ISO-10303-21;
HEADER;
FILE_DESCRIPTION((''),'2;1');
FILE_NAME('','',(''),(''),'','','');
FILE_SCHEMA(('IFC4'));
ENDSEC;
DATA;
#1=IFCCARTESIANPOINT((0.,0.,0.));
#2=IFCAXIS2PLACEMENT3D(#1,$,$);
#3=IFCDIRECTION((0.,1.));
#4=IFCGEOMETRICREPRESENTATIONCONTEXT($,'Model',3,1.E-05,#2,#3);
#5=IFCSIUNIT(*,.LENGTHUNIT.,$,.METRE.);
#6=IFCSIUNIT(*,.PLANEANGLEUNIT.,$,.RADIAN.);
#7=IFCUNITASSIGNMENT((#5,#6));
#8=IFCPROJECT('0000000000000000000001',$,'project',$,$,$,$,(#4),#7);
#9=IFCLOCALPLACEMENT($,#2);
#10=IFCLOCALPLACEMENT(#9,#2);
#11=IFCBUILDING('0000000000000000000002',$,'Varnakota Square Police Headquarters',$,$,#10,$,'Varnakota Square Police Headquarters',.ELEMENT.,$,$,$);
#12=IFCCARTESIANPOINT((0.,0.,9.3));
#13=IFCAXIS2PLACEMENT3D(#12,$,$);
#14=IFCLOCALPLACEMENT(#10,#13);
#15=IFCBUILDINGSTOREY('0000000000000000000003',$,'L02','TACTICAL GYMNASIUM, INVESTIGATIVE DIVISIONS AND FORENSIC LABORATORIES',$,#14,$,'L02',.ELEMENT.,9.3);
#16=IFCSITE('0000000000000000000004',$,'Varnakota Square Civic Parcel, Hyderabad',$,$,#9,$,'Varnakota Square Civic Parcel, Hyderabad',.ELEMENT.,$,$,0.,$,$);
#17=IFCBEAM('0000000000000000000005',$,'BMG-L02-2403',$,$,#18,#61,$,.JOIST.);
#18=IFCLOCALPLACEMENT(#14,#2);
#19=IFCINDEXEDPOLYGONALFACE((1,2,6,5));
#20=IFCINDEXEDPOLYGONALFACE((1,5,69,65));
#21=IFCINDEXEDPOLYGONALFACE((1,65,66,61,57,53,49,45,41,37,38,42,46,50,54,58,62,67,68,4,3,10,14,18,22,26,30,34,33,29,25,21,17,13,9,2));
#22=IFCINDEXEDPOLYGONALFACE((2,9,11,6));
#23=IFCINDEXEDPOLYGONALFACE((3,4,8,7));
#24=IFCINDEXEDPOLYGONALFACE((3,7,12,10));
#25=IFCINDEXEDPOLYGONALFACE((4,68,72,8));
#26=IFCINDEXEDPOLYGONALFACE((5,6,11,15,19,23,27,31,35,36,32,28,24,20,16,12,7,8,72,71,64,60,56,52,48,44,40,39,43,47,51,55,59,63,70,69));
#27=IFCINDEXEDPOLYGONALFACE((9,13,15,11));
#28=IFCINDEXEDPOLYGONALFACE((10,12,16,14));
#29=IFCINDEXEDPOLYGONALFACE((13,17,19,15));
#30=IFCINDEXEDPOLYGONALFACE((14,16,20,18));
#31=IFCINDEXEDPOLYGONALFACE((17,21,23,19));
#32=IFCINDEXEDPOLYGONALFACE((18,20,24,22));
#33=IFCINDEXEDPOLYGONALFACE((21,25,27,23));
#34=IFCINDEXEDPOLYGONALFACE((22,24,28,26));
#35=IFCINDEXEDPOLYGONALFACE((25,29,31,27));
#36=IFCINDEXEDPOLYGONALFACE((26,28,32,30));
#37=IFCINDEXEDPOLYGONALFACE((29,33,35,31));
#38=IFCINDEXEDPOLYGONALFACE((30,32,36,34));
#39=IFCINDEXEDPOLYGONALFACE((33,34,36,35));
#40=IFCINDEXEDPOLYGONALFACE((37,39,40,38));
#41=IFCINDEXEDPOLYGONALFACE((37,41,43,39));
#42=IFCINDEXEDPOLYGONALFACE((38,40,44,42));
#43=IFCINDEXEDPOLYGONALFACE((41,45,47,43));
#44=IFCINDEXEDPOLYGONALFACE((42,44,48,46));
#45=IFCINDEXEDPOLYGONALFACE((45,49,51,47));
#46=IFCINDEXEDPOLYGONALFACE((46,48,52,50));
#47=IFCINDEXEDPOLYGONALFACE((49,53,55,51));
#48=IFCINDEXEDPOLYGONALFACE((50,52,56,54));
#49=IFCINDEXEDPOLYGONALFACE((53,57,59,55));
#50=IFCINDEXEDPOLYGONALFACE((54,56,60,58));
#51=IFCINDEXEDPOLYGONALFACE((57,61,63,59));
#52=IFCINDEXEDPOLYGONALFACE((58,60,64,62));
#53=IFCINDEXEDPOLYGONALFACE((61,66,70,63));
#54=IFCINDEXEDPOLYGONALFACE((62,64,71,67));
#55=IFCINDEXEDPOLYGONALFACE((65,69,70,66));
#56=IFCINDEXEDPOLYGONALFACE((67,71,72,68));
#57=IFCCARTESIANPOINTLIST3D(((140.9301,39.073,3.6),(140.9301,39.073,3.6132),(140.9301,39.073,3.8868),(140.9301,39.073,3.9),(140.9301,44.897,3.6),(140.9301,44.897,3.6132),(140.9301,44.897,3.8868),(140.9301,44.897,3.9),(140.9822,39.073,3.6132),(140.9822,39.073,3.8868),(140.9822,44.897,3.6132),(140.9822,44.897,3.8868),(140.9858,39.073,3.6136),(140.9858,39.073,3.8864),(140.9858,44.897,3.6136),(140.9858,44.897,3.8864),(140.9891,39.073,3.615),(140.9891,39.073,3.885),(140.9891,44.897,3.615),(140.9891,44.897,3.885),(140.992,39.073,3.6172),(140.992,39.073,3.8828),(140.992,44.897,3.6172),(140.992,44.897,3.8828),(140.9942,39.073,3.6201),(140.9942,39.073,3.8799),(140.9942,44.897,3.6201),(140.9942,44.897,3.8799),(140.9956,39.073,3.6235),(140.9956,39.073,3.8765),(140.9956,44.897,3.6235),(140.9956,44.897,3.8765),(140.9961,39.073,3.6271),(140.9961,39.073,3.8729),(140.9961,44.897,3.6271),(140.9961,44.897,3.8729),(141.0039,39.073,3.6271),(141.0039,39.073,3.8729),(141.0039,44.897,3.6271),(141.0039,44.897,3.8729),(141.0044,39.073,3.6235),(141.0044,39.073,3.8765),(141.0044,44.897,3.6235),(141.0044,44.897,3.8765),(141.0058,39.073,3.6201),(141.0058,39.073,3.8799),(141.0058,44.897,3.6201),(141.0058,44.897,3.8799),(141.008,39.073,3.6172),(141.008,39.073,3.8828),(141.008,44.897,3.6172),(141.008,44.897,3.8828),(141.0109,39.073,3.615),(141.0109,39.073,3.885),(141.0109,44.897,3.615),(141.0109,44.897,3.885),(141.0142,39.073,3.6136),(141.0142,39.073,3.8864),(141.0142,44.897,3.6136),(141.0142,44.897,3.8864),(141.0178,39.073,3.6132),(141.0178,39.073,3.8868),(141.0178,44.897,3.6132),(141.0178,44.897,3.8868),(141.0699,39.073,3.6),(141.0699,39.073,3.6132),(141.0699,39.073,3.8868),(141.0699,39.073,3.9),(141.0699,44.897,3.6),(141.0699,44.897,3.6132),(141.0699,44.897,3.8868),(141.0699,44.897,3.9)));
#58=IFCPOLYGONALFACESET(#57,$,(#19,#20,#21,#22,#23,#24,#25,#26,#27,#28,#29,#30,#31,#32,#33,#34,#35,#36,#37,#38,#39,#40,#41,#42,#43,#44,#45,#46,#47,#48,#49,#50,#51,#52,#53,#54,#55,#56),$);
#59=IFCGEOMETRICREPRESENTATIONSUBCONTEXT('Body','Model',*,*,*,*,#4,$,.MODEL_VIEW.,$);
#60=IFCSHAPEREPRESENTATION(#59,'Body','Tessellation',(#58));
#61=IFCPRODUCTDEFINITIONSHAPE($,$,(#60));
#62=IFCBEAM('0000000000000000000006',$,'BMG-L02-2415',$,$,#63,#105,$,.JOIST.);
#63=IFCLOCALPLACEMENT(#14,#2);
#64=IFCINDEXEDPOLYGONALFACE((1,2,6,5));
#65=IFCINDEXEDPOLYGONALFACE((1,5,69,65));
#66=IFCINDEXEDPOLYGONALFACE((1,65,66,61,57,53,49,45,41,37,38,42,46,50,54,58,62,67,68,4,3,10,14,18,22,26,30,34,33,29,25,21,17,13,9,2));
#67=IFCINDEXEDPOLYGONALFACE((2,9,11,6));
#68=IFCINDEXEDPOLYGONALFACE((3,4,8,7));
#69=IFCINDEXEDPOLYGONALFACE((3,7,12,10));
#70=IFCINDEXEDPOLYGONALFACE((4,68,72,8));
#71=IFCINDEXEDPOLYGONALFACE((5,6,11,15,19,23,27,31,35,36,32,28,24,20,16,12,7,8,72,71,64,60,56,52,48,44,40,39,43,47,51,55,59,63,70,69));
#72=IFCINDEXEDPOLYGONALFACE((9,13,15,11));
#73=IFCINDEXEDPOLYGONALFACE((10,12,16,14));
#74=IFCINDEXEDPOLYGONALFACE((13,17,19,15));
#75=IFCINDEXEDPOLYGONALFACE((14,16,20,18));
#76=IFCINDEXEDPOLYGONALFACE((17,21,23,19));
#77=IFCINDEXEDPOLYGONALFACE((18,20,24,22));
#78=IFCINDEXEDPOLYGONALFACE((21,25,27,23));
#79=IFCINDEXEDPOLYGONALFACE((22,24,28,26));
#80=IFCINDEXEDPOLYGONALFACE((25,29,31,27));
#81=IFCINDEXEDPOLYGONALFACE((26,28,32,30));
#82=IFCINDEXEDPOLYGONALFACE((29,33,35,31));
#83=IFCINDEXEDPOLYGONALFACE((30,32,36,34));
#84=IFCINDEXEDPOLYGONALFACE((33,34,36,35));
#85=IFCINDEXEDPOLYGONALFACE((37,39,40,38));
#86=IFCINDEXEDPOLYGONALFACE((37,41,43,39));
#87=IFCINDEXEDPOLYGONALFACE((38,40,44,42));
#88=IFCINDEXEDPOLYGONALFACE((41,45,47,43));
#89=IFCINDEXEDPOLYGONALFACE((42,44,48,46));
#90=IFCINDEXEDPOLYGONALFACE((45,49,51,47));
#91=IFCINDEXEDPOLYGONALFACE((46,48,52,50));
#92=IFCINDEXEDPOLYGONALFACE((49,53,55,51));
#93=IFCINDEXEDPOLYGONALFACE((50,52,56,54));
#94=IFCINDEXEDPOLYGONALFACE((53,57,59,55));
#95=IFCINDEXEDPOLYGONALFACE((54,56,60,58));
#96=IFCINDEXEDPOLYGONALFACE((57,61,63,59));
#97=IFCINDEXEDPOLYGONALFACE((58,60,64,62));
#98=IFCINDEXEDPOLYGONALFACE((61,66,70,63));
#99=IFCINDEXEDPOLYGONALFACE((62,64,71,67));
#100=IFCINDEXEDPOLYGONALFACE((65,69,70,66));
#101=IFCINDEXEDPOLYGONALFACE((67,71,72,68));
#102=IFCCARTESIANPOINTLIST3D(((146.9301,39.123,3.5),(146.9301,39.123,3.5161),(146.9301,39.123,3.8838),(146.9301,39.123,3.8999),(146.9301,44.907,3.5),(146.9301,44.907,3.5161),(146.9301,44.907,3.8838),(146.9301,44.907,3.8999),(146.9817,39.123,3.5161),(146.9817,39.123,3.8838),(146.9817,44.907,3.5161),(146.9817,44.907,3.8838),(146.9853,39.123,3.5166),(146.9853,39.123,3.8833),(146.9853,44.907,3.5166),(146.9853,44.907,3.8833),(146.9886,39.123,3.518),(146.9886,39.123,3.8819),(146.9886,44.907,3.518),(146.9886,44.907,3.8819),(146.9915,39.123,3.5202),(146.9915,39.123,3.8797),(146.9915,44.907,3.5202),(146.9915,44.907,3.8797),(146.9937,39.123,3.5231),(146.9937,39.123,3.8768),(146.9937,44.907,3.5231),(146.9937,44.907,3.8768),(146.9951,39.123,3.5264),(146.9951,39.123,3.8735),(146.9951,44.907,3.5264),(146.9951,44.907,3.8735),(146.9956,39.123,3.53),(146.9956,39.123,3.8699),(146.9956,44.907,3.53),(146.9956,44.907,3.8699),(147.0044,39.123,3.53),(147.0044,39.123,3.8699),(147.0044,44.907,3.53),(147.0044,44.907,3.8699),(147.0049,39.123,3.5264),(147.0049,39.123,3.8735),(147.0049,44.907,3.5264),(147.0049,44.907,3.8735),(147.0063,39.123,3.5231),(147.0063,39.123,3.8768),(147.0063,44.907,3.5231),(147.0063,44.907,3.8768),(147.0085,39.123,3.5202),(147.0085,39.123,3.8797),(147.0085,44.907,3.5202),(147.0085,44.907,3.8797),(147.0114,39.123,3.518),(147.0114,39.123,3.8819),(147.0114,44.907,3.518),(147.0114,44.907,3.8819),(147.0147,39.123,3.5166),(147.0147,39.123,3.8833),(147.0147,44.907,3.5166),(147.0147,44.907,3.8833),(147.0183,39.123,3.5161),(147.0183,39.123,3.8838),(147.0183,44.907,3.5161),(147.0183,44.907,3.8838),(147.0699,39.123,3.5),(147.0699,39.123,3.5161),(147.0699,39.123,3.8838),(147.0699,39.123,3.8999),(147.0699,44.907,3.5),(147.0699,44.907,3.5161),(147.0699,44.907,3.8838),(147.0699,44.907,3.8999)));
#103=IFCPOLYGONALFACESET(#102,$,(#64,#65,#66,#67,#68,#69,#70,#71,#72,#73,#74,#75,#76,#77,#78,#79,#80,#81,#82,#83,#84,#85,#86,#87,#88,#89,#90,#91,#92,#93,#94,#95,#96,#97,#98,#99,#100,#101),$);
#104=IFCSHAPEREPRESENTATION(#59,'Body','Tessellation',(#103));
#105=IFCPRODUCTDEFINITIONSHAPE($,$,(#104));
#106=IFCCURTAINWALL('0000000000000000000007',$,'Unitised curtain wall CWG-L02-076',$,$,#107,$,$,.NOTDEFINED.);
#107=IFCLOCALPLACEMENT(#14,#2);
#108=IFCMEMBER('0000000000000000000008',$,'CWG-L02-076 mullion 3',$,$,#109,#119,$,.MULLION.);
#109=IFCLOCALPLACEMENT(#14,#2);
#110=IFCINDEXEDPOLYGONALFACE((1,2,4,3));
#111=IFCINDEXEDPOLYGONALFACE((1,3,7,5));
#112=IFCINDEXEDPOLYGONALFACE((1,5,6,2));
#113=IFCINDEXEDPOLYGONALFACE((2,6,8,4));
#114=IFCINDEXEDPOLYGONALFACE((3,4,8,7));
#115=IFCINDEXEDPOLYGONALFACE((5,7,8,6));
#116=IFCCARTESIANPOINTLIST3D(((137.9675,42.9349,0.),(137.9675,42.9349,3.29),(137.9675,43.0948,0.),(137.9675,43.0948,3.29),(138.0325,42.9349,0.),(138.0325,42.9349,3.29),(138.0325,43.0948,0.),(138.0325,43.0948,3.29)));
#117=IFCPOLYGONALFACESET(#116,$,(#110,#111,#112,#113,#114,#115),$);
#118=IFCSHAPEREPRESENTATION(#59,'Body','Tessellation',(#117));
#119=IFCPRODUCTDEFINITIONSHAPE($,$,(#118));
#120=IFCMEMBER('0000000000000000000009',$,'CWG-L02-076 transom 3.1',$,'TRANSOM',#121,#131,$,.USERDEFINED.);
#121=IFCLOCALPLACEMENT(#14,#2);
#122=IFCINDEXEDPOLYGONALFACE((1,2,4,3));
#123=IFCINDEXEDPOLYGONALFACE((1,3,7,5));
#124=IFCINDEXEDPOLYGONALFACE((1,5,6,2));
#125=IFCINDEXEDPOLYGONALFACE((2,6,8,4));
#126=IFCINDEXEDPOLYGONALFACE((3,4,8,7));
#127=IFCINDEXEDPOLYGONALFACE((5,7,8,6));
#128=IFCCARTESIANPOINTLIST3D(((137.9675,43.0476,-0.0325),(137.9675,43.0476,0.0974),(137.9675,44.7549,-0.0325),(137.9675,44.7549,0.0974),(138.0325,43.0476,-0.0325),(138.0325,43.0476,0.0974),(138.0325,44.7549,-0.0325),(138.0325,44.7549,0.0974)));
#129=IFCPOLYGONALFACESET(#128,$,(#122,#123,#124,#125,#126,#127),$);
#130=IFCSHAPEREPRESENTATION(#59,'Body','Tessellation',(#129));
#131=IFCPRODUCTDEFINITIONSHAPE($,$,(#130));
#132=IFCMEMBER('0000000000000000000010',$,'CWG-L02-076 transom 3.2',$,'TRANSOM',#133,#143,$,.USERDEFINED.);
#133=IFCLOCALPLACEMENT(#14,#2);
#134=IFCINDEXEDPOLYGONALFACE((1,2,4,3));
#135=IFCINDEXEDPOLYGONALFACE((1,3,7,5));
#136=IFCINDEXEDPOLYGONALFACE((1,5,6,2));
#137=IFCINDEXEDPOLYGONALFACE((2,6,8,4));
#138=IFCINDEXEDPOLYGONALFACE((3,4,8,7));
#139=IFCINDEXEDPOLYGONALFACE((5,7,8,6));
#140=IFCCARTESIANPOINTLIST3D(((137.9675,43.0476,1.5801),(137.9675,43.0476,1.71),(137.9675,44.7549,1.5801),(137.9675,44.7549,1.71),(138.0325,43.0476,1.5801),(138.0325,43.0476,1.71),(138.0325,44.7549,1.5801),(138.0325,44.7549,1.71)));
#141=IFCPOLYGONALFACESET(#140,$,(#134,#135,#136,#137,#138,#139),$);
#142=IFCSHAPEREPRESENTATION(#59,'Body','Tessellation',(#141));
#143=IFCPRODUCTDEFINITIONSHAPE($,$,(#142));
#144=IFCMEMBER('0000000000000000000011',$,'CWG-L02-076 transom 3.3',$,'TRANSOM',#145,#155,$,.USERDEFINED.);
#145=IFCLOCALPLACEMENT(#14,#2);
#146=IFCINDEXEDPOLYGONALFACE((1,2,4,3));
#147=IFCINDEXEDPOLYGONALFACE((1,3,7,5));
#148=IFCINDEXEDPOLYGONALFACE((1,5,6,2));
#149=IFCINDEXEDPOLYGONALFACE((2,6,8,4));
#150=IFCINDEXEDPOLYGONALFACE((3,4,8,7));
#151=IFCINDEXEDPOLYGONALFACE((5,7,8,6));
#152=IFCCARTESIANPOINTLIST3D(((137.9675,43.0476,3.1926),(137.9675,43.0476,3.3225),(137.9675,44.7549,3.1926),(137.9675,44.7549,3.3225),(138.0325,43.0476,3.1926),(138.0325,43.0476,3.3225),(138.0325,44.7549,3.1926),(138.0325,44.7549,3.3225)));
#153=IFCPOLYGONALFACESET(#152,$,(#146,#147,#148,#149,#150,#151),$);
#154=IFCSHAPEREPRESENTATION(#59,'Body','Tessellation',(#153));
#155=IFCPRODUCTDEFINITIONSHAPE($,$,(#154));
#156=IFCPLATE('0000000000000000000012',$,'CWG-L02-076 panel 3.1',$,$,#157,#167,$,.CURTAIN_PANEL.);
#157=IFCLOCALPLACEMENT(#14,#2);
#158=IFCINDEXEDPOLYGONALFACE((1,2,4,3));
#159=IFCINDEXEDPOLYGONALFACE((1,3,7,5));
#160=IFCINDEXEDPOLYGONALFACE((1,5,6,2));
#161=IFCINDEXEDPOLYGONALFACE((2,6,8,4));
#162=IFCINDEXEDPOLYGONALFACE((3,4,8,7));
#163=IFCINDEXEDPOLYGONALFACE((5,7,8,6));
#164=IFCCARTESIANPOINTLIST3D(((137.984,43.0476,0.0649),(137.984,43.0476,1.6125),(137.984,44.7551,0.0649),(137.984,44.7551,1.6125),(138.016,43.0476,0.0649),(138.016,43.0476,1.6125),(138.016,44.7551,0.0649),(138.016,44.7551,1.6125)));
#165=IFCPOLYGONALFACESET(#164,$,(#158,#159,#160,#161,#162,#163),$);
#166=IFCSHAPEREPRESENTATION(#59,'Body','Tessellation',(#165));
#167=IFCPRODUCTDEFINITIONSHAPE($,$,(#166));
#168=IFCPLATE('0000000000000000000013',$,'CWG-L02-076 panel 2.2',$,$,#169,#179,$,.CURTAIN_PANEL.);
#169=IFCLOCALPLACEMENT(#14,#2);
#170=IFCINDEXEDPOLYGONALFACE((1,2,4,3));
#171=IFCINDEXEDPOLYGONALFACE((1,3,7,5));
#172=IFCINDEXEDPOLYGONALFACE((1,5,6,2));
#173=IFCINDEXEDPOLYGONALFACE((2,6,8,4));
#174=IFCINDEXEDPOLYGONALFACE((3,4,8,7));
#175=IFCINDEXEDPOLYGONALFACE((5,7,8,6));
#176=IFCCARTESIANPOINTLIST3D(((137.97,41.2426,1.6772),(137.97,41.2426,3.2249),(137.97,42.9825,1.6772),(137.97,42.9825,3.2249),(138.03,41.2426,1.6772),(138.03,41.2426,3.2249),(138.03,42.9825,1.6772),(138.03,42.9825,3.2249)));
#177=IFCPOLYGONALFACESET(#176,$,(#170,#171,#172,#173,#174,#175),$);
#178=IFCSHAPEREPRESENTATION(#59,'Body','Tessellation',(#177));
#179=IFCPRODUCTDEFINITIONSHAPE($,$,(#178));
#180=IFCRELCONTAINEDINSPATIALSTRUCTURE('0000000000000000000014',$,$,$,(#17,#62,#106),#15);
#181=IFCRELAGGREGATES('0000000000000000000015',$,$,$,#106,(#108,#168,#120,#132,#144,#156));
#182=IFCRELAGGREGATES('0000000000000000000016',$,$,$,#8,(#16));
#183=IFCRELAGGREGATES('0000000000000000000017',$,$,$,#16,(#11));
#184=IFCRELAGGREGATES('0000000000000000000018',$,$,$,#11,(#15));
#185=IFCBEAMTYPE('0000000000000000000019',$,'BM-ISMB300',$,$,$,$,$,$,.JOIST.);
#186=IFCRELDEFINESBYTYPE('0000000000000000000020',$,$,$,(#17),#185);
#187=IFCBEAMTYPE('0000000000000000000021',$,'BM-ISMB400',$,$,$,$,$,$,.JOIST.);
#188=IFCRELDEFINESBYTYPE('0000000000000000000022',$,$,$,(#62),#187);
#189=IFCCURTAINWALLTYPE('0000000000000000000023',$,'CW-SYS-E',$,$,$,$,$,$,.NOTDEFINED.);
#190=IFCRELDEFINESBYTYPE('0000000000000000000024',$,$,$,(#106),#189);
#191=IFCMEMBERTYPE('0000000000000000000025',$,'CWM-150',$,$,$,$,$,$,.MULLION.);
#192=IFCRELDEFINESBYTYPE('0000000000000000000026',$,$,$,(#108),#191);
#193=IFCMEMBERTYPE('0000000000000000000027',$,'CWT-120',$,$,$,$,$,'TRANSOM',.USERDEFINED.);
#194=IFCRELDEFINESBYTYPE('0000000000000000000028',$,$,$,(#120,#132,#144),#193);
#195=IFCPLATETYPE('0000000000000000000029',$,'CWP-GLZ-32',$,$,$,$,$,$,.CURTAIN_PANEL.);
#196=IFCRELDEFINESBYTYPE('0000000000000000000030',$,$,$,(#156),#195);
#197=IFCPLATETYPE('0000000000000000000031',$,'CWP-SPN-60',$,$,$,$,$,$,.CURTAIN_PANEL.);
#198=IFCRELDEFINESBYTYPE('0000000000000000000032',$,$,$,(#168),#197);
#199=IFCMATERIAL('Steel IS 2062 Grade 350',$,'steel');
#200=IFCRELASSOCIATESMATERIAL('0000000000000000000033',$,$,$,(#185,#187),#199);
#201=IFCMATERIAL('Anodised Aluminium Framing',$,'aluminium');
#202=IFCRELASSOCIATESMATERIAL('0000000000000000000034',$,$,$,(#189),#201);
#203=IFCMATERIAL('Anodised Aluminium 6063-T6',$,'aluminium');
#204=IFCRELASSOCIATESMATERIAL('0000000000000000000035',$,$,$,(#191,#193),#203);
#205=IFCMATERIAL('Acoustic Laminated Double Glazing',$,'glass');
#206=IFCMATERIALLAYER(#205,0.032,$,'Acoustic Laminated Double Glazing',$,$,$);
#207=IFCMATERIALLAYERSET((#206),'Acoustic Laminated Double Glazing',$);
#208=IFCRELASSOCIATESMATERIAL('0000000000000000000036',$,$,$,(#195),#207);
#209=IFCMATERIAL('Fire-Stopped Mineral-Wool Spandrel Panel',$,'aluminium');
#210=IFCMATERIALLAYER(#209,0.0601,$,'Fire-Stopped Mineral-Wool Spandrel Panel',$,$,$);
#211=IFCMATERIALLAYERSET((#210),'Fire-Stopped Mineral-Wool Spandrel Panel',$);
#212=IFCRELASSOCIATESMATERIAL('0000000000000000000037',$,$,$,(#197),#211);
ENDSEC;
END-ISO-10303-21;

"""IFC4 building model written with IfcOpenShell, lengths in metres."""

from ifc_helpers import new_model, si_unit, direction, frame, origin, origin_2d, place, context, subcontext, project, spatial, rectangle, i_section, extrude, material, layer, layer_set, material_profile, profile_set, type_object, element, aggregate, save


model = new_model("IFC4")

# Units and contexts
model_context = context("Model", 3, precision=1e-05, world=origin(), true_north=direction((0.0, 1.0)))
body_context = subcontext(model_context, "Body", "Model", "MODEL_VIEW")
ifc_project = project(units=[si_unit("LENGTHUNIT", "METRE"), si_unit("PLANEANGLEUNIT", "RADIAN")], contexts=[model_context])

# Site, building, storey
site_placement = place(None, origin())
site = spatial("IfcSite", under=ifc_project, at=site_placement, Name="Varnakota Square Civic Parcel, Hyderabad", LongName="Varnakota Square Civic Parcel, Hyderabad", CompositionType="ELEMENT", RefElevation=0.0)
building_placement = place(site_placement, origin())
building = spatial("IfcBuilding", under=site, at=building_placement, Name="Varnakota Square Police Headquarters", LongName="Varnakota Square Police Headquarters", CompositionType="ELEMENT")
storey_placement = place(building_placement, frame((0.0, 0.0, 9.3)))
storey = spatial("IfcBuildingStorey", under=building, at=storey_placement, Name="L02", Description="TACTICAL GYMNASIUM, INVESTIGATIVE DIVISIONS AND FORENSIC LABORATORIES", LongName="L02", CompositionType="ELEMENT", Elevation=9.3)

# Shared definitions
ifc_material_1 = material(Name="Steel IS 2062 Grade 350", Category="steel")

# Beams
ifc_material_profile_1 = material_profile(ifc_material_1, i_section(OverallWidth=0.1399, OverallDepth=0.3, WebThickness=0.0078, FlangeThickness=0.0132, FilletRadius=0.0139, at=origin_2d()), Name="ISMB 300")
ifc_profile_set_1 = profile_set([ifc_material_profile_1], Name="Steel IS 2062 Grade 350")
beam_type_1 = type_object("IfcBeamType", Name="BM-ISMB300", PredefinedType="JOIST", material=ifc_profile_set_1)
beam_1_placement = place(storey_placement, frame((141.0, 39.073, 3.75), z_axis=(0.0, 1.0, 0.0), x_axis=(-1.0, 0.0, 0.0)))
element("IfcBeam", 1, at=beam_1_placement, inside=storey, type_object=beam_type_1, Name="BMG-L02-2403", PredefinedType="JOIST", context=body_context, shape_type="SweptSolid", body=[
    extrude(i_section(OverallWidth=0.1399, OverallDepth=0.3, WebThickness=0.0078, FlangeThickness=0.0132, FilletRadius=0.0139, at=origin_2d()), origin(), (0.0, 0.0, 1.0), 5.824),
])
ifc_material_profile_2 = material_profile(ifc_material_1, i_section(OverallWidth=0.1399, OverallDepth=0.3999, WebThickness=0.0088, FlangeThickness=0.0161, FilletRadius=0.0139, at=origin_2d()), Name="ISMB 400")
ifc_profile_set_2 = profile_set([ifc_material_profile_2], Name="Steel IS 2062 Grade 350")
beam_type_2 = type_object("IfcBeamType", Name="BM-ISMB400", PredefinedType="JOIST", material=ifc_profile_set_2)
beam_2_placement = place(storey_placement, frame((147.0, 39.123, 3.7), z_axis=(0.0, 1.0, 0.0), x_axis=(-1.0, 0.0, 0.0)))
element("IfcBeam", 2, at=beam_2_placement, inside=storey, type_object=beam_type_2, Name="BMG-L02-2415", PredefinedType="JOIST", context=body_context, shape_type="SweptSolid", body=[
    extrude(i_section(OverallWidth=0.1399, OverallDepth=0.3999, WebThickness=0.0088, FlangeThickness=0.0161, FilletRadius=0.0139, at=origin_2d()), origin(), (0.0, 0.0, 1.0), 5.7839),
])

# Curtain wall, members, plates
ifc_material_2 = material(Name="Anodised Aluminium Framing", Category="aluminium")
curtain_wall_type = type_object("IfcCurtainWallType", Name="CW-SYS-E", PredefinedType="NOTDEFINED", material=ifc_material_2)
curtain_wall_placement = place(storey_placement, origin())
curtain_wall = element("IfcCurtainWall", 3, at=curtain_wall_placement, inside=storey, type_object=curtain_wall_type, Name="Unitised curtain wall CWG-L02-076", PredefinedType="NOTDEFINED")
ifc_material_3 = material(Name="Anodised Aluminium 6063-T6", Category="aluminium")
ifc_material_profile_3 = material_profile(ifc_material_3, rectangle(XDim=0.0649, YDim=0.1599, at=origin_2d()), Name="ALU MULLION 65x160")
ifc_profile_set_3 = profile_set([ifc_material_profile_3], Name="Anodised Aluminium 6063-T6")
member_type_1 = type_object("IfcMemberType", Name="CWM-150", PredefinedType="MULLION", material=ifc_profile_set_3)
member_1_placement = place(storey_placement, frame((138.0, 43.0149, 0.0), z_axis=(0.0, 0.0, 1.0), x_axis=(-1.0, 0.0, 0.0)))
member_1 = element("IfcMember", 4, at=member_1_placement, type_object=member_type_1, Name="CWG-L02-076 mullion 3", PredefinedType="MULLION", context=body_context, shape_type="SweptSolid", body=[
    extrude(rectangle(XDim=0.0649, YDim=0.1599, at=origin_2d()), origin(), (0.0, 0.0, 1.0), 3.29),
])
ifc_material_profile_4 = material_profile(ifc_material_3, rectangle(XDim=0.0649, YDim=0.1299, at=origin_2d()), Name="ALU TRANSOM 65x130")
ifc_profile_set_4 = profile_set([ifc_material_profile_4], Name="Anodised Aluminium 6063-T6")
member_type_2 = type_object("IfcMemberType", Name="CWT-120", ElementType="TRANSOM", PredefinedType="USERDEFINED", material=ifc_profile_set_4)
member_2_placement = place(storey_placement, frame((138.0, 43.0476, 0.0325), z_axis=(0.0, 1.0, 0.0), x_axis=(-1.0, 0.0, 0.0)))
member_2 = element("IfcMember", 5, at=member_2_placement, type_object=member_type_2, Name="CWG-L02-076 transom 3.1", ObjectType="TRANSOM", PredefinedType="USERDEFINED", context=body_context, shape_type="SweptSolid", body=[
    extrude(rectangle(XDim=0.0649, YDim=0.1299, at=origin_2d()), origin(), (0.0, 0.0, 1.0), 1.7073),
])
member_3_placement = place(storey_placement, frame((138.0, 43.0476, 1.645), z_axis=(0.0, 1.0, 0.0), x_axis=(-1.0, 0.0, 0.0)))
member_3 = element("IfcMember", 6, at=member_3_placement, type_object=member_type_2, Name="CWG-L02-076 transom 3.2", ObjectType="TRANSOM", PredefinedType="USERDEFINED", context=body_context, shape_type="SweptSolid", body=[
    extrude(rectangle(XDim=0.0649, YDim=0.1299, at=origin_2d()), origin(), (0.0, 0.0, 1.0), 1.7073),
])
member_4_placement = place(storey_placement, frame((138.0, 43.0476, 3.2576), z_axis=(0.0, 1.0, 0.0), x_axis=(-1.0, 0.0, 0.0)))
member_4 = element("IfcMember", 7, at=member_4_placement, type_object=member_type_2, Name="CWG-L02-076 transom 3.3", ObjectType="TRANSOM", PredefinedType="USERDEFINED", context=body_context, shape_type="SweptSolid", body=[
    extrude(rectangle(XDim=0.0649, YDim=0.1299, at=origin_2d()), origin(), (0.0, 0.0, 1.0), 1.7073),
])
ifc_material_4 = material(Name="Acoustic Laminated Double Glazing", Category="glass")
ifc_layer_1 = layer(ifc_material_4, 0.032, Name="Acoustic Laminated Double Glazing")
ifc_layer_set_1 = layer_set([ifc_layer_1], Name="Acoustic Laminated Double Glazing")
plate_type_1 = type_object("IfcPlateType", Name="CWP-GLZ-32", PredefinedType="CURTAIN_PANEL", material=ifc_layer_set_1)
plate_1_placement = place(storey_placement, frame((138.0, 43.9014, 0.0649), z_axis=(0.0, 0.0, 1.0), x_axis=(0.0, 1.0, 0.0)))
plate_1 = element("IfcPlate", 8, at=plate_1_placement, type_object=plate_type_1, Name="CWG-L02-076 panel 3.1", PredefinedType="CURTAIN_PANEL", context=body_context, shape_type="SweptSolid", body=[
    extrude(rectangle(XDim=1.7075, YDim=0.032, at=origin_2d()), origin(), (0.0, 0.0, 1.0), 1.5476),
])
ifc_material_5 = material(Name="Fire-Stopped Mineral-Wool Spandrel Panel", Category="aluminium")
ifc_layer_2 = layer(ifc_material_5, 0.0601, Name="Fire-Stopped Mineral-Wool Spandrel Panel")
ifc_layer_set_2 = layer_set([ifc_layer_2], Name="Fire-Stopped Mineral-Wool Spandrel Panel")
plate_type_2 = type_object("IfcPlateType", Name="CWP-SPN-60", PredefinedType="CURTAIN_PANEL", material=ifc_layer_set_2)
plate_2_placement = place(storey_placement, frame((138.0, 42.1125, 1.6772), z_axis=(0.0, 0.0, 1.0), x_axis=(0.0, 1.0, 0.0)))
plate_2 = element("IfcPlate", 9, at=plate_2_placement, type_object=plate_type_2, Name="CWG-L02-076 panel 2.2", PredefinedType="CURTAIN_PANEL", context=body_context, shape_type="SweptSolid", body=[
    extrude(rectangle(XDim=1.74, YDim=0.0601, at=origin_2d()), origin(), (0.0, 0.0, 1.0), 1.5476),
])
aggregate(curtain_wall, [member_1, plate_2, member_2, member_3, member_4, plate_1])

save(model, "model.ifc")
